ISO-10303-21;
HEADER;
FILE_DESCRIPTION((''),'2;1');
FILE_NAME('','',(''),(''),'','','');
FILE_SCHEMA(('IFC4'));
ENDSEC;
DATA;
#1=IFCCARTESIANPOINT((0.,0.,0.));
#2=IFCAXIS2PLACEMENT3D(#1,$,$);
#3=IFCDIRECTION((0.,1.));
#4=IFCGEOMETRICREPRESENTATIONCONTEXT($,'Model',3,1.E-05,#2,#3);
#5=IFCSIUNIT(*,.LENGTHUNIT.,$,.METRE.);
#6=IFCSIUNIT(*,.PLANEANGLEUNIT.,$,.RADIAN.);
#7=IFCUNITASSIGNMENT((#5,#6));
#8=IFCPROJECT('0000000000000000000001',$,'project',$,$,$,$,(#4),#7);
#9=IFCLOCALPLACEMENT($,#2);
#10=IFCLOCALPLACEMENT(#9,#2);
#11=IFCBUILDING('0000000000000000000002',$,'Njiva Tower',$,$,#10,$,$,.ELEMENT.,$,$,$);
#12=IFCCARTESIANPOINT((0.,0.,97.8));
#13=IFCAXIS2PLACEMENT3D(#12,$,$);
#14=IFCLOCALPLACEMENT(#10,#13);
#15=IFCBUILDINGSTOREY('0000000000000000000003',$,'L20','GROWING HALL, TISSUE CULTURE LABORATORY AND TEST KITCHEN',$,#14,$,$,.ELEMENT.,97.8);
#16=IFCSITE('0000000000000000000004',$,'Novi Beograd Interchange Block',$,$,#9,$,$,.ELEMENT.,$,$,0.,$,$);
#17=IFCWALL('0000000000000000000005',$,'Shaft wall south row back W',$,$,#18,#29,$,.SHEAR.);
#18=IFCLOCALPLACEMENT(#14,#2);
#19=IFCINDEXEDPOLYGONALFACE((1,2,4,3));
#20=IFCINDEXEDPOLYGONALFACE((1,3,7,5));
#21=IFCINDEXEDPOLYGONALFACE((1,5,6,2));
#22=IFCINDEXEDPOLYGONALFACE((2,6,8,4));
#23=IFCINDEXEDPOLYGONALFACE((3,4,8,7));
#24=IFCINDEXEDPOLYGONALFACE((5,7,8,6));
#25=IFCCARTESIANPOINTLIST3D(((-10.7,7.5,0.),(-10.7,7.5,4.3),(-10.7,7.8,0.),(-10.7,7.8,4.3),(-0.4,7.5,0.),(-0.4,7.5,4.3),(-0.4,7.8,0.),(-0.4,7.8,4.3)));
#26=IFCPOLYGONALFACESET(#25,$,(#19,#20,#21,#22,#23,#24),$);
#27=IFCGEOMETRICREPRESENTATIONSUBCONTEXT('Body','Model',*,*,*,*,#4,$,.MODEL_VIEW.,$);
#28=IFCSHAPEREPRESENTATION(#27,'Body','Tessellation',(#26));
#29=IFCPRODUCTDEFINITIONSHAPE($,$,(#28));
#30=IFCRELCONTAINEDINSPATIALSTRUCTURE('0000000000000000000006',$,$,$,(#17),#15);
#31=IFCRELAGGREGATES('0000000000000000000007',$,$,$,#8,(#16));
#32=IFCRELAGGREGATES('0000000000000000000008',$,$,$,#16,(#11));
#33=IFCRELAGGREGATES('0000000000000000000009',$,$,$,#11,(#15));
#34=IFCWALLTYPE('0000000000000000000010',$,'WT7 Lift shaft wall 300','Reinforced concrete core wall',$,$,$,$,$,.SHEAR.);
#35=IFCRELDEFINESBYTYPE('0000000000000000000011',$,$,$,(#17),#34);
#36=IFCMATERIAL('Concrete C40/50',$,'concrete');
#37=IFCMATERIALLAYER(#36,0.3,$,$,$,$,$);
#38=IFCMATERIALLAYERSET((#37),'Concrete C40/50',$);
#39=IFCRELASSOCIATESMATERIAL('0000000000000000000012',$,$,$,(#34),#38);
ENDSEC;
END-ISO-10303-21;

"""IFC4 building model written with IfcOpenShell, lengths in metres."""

from ifc_helpers import new_model, si_unit, direction, frame, frame_2d, origin, place, context, subcontext, project, spatial, rectangle, extrude, material, layer, layer_set, type_object, element, save


model = new_model("IFC4")

# Units and contexts
model_context = context("Model", 3, precision=1e-05, world=origin(), true_north=direction((0.0, 1.0)))
body_context = subcontext(model_context, "Body", "Model", "MODEL_VIEW")
ifc_project = project(units=[si_unit("LENGTHUNIT", "METRE"), si_unit("PLANEANGLEUNIT", "RADIAN")], contexts=[model_context])

# Site, building, storey
site_placement = place(None, origin())
site = spatial("IfcSite", under=ifc_project, at=site_placement, Name="Novi Beograd Interchange Block", CompositionType="ELEMENT", RefElevation=0.0)
building_placement = place(site_placement, origin())
building = spatial("IfcBuilding", under=site, at=building_placement, Name="Njiva Tower", CompositionType="ELEMENT")
storey_placement = place(building_placement, frame((0.0, 0.0, 97.8)))
storey = spatial("IfcBuildingStorey", under=building, at=storey_placement, Name="L20", Description="GROWING HALL, TISSUE CULTURE LABORATORY AND TEST KITCHEN", CompositionType="ELEMENT", Elevation=97.8)

# Shared definitions
ifc_material_1 = material(Name="Concrete C40/50", Category="concrete")

# Wall
ifc_layer_1 = layer(ifc_material_1, 0.3)
ifc_layer_set_1 = layer_set([ifc_layer_1], Name="Concrete C40/50")
wall_type_1 = type_object("IfcWallType", Name="WT7 Lift shaft wall 300", Description="Reinforced concrete core wall", PredefinedType="SHEAR", material=ifc_layer_set_1)
wall_1_placement = place(storey_placement, frame((-10.7, 7.65, 0.0), z_axis=(0.0, 0.0, 1.0), x_axis=(1.0, 0.0, 0.0)))
element("IfcWall", 1, at=wall_1_placement, inside=storey, type_object=wall_type_1, Name="Shaft wall south row back W", PredefinedType="SHEAR", context=body_context, shape_type="SweptSolid", body=[
    extrude(rectangle(XDim=10.3, YDim=0.3, at=frame_2d((5.15, 0.0))), origin(), (0.0, 0.0, 1.0), 4.3),
])

save(model, "model.ifc")
